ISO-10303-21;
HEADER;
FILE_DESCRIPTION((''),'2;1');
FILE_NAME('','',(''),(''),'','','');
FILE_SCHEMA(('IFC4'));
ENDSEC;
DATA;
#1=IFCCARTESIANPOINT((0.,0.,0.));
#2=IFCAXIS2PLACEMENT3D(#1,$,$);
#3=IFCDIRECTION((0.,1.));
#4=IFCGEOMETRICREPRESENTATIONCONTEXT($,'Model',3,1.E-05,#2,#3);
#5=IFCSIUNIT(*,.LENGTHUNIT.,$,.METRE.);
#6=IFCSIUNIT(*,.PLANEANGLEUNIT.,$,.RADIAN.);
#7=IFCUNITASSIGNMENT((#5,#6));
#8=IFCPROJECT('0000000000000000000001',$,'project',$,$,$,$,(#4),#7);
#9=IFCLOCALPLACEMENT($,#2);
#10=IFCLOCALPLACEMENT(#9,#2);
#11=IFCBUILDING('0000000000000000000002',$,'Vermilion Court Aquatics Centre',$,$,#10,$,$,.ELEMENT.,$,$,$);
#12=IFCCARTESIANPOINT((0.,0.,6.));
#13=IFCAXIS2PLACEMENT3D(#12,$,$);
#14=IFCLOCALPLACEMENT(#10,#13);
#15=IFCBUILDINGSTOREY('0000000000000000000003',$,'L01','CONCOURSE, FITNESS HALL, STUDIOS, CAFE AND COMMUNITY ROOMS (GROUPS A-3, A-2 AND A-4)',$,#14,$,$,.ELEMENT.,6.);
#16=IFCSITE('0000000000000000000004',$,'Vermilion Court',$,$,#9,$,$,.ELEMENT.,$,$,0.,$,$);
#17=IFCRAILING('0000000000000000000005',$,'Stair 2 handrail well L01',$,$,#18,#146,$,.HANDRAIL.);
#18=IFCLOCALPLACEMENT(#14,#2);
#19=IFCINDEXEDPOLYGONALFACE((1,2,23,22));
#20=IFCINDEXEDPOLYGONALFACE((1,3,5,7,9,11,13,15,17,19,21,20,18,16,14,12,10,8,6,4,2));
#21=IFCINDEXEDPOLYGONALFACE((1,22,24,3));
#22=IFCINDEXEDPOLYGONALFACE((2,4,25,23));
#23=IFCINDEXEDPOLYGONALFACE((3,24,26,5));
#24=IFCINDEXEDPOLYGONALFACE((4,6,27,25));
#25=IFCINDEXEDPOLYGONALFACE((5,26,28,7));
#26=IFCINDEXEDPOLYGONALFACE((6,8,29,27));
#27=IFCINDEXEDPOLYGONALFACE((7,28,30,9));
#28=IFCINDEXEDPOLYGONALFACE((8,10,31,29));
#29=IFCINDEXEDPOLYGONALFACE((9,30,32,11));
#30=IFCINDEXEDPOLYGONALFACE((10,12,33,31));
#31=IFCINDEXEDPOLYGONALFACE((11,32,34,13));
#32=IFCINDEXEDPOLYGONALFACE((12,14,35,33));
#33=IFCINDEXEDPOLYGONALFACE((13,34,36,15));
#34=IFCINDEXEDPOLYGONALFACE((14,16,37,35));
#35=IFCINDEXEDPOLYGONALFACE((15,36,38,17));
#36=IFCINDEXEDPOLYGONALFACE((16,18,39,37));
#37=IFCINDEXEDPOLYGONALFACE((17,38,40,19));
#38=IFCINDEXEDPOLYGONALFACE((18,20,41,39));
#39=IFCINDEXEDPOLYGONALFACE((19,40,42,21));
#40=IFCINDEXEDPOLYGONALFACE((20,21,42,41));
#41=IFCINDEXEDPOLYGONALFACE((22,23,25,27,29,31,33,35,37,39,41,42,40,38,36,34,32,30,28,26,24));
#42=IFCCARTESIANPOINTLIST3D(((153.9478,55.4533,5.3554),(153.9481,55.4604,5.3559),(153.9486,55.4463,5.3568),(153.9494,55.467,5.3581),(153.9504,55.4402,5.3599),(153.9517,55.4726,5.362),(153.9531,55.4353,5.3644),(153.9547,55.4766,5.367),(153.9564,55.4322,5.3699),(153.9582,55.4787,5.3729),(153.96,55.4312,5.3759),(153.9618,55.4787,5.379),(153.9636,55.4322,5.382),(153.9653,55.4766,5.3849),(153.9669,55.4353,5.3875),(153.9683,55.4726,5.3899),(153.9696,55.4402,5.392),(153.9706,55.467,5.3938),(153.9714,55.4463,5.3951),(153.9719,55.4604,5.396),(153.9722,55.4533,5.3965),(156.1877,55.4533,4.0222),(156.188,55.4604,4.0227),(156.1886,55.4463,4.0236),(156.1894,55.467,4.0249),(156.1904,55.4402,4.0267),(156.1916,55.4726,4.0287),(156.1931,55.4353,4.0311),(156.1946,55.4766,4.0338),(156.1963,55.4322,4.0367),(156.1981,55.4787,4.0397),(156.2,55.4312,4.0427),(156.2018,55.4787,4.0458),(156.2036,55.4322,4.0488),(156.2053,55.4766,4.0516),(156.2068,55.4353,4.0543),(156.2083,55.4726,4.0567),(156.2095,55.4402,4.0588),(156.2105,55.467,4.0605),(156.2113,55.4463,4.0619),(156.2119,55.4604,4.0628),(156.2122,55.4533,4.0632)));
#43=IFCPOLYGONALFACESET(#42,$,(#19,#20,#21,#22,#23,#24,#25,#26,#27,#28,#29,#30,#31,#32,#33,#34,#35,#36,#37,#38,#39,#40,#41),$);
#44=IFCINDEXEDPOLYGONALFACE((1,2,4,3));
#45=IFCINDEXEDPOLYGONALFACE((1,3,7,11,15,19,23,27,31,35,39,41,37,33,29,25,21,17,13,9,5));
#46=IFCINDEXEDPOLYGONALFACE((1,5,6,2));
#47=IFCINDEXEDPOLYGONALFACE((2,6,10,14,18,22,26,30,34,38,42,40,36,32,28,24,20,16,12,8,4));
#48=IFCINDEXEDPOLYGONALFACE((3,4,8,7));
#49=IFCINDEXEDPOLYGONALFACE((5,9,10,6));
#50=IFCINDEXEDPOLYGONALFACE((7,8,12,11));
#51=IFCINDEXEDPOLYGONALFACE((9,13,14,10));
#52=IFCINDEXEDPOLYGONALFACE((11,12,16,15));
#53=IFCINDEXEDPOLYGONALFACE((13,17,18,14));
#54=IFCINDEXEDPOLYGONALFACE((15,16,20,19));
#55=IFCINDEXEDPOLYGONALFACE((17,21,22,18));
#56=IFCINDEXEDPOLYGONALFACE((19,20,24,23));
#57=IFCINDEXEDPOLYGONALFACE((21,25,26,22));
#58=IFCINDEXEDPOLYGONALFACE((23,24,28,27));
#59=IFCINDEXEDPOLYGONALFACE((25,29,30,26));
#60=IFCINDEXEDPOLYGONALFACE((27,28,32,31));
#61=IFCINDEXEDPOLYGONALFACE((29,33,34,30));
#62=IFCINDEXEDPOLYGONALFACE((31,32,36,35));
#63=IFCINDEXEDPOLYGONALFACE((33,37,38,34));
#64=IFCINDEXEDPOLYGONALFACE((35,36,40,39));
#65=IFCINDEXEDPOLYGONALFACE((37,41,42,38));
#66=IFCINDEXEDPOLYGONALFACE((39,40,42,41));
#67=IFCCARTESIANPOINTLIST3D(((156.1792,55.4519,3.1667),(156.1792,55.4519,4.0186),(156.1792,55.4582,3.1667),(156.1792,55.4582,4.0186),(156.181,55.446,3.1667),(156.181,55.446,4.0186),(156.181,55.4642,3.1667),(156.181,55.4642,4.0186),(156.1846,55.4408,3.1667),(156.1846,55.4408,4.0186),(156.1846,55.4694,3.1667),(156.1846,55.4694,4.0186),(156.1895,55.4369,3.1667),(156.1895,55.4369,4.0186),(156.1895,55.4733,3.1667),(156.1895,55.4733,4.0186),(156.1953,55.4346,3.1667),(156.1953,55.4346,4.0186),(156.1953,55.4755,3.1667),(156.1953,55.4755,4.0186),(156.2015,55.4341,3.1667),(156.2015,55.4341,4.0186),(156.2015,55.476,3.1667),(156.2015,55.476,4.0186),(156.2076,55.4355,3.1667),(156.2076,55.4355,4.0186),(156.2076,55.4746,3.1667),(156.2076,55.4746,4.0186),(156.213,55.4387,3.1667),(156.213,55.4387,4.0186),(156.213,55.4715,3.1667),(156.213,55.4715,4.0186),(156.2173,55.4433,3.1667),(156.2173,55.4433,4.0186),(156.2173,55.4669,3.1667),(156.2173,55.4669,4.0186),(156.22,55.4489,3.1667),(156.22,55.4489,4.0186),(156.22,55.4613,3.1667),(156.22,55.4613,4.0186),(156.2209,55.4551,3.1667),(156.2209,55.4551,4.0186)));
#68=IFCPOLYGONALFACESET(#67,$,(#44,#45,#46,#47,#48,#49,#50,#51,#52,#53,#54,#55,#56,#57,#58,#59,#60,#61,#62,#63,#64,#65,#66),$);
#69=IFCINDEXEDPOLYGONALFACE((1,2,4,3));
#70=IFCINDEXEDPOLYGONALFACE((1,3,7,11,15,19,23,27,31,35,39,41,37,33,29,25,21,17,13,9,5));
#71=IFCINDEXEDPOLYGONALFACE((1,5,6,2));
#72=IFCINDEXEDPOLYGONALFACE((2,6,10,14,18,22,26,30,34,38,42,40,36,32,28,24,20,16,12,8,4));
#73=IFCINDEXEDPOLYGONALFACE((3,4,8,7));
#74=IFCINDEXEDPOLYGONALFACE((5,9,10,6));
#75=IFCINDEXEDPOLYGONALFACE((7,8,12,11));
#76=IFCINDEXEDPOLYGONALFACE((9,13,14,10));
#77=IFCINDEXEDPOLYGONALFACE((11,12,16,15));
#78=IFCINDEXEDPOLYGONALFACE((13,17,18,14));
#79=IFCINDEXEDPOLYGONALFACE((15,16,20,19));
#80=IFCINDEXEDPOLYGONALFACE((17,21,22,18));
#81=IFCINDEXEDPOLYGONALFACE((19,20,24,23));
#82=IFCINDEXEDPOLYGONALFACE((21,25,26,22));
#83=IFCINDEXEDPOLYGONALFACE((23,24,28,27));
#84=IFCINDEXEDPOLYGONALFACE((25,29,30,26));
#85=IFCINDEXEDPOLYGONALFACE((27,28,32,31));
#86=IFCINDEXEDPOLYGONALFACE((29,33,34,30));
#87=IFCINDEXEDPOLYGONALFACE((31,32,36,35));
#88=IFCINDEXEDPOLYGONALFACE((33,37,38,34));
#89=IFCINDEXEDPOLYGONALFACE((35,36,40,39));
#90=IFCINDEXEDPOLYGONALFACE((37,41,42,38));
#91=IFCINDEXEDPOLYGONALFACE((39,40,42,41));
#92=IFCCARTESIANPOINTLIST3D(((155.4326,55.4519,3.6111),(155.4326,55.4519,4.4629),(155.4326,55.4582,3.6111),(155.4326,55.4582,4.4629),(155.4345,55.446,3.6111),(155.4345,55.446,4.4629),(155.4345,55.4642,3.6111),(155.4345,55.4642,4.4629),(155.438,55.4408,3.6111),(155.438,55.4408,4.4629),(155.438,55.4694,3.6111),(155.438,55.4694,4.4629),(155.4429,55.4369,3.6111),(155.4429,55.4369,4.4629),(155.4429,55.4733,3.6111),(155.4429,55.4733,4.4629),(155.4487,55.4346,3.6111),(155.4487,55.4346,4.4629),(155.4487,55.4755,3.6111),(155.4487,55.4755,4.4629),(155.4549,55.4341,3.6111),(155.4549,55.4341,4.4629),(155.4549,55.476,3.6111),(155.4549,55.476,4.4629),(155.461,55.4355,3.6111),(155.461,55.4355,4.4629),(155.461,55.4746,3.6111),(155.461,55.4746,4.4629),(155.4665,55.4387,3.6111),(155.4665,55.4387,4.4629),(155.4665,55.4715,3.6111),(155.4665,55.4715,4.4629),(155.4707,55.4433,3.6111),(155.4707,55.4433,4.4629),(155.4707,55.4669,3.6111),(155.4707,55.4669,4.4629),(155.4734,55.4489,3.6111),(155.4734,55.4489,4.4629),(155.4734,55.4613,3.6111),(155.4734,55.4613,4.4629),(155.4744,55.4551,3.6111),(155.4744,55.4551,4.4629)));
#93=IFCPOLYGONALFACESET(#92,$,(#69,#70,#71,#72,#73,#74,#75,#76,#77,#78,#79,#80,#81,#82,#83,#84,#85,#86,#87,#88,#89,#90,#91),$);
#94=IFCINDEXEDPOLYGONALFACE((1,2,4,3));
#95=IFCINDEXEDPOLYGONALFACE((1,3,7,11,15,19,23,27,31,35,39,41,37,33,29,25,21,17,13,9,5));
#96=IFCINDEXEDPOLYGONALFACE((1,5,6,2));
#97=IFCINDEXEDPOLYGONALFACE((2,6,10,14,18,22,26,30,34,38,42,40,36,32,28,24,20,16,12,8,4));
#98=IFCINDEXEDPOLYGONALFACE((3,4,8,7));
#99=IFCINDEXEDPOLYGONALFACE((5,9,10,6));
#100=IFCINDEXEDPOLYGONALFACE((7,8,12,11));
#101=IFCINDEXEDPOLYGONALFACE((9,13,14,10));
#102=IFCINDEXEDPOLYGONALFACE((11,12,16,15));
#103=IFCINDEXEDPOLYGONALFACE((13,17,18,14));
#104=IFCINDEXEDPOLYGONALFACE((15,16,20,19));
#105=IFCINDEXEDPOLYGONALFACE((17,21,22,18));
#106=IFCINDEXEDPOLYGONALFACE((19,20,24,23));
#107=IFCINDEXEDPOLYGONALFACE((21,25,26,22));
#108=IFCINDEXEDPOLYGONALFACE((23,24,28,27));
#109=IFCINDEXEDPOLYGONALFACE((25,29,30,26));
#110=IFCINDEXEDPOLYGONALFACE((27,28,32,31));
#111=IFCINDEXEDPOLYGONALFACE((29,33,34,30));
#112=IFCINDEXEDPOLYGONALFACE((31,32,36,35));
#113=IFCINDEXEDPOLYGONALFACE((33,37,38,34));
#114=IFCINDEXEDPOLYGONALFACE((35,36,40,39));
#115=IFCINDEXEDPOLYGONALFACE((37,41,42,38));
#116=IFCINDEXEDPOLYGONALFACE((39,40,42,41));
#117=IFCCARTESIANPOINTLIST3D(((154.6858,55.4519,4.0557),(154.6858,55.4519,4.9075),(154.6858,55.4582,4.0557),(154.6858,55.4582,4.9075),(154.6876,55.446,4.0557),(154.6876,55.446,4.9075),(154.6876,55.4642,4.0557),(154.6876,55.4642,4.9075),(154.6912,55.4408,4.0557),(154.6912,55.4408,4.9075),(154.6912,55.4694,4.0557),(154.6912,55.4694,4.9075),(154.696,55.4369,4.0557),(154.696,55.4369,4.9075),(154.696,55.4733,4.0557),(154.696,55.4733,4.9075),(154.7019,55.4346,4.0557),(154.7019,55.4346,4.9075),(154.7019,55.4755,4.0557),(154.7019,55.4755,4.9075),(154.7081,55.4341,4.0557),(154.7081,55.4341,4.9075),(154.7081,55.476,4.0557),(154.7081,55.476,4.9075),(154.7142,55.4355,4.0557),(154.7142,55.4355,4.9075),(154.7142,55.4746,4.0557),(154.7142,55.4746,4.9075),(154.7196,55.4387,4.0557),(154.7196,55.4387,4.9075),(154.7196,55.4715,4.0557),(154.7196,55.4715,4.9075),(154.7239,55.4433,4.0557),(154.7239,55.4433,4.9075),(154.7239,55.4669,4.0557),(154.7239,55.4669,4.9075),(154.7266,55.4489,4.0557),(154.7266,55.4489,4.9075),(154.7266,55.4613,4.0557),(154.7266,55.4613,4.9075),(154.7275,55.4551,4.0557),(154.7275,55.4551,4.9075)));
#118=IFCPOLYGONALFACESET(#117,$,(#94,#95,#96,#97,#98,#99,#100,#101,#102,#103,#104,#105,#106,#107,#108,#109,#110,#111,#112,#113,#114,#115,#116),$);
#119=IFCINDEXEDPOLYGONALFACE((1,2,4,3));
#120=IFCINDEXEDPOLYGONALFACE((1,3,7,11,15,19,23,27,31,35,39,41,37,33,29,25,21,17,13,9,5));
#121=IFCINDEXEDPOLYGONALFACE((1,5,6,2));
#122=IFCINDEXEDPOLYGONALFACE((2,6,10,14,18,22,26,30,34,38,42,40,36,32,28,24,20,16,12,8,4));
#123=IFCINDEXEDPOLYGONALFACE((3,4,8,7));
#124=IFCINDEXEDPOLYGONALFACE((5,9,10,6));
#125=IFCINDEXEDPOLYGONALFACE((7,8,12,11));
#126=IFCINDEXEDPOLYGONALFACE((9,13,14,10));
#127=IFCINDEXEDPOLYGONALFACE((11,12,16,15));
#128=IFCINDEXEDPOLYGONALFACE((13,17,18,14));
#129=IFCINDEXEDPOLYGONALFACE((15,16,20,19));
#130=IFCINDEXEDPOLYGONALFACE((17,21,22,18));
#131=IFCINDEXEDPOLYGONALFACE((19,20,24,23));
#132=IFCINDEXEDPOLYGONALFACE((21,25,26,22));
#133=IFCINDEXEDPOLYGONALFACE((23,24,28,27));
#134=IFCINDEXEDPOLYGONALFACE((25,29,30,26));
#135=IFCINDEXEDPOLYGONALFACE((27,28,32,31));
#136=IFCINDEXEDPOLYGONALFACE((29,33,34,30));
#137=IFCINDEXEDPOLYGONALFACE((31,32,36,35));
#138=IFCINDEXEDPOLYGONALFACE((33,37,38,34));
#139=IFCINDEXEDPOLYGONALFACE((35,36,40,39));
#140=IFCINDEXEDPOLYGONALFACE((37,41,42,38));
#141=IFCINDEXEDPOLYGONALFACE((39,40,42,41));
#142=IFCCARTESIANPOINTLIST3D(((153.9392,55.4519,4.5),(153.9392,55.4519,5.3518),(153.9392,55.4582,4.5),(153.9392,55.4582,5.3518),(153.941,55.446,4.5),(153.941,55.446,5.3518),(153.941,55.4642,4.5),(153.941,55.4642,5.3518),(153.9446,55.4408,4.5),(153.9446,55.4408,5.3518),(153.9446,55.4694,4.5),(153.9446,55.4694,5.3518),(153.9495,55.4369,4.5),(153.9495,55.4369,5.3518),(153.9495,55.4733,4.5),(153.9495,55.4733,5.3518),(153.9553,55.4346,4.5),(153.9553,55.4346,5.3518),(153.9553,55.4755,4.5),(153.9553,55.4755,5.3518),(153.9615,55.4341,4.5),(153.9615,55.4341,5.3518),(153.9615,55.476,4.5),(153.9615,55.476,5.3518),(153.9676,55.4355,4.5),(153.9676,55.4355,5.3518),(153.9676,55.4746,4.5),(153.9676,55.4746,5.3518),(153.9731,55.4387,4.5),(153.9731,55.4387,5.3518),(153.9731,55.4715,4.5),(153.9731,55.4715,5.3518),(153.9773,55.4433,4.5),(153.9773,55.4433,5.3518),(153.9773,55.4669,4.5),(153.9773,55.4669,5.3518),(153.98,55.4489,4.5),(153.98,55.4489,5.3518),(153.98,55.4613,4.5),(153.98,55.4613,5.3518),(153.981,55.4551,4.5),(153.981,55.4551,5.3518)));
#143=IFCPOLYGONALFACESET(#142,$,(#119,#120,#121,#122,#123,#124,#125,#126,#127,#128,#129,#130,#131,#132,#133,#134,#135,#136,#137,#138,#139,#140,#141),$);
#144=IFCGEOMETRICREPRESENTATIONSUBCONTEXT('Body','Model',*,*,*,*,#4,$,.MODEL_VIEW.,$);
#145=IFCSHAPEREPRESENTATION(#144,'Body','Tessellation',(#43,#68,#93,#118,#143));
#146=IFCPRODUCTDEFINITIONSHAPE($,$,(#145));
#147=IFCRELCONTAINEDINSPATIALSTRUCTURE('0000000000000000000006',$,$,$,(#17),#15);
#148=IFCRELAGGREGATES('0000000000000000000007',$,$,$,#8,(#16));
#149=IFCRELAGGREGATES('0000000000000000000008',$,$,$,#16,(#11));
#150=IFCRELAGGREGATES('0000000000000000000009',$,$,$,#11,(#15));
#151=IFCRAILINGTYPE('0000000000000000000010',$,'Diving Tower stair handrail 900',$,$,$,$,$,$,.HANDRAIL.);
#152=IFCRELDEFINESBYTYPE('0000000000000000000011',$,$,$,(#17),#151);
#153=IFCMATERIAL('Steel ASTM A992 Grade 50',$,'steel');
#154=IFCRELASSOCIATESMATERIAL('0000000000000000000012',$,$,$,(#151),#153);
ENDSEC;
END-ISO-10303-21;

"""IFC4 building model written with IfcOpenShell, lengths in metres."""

from ifc_helpers import new_model, si_unit, direction, frame, origin, origin_2d, place, context, subcontext, project, spatial, circle, extrude, material, type_object, element, save


model = new_model("IFC4")

# Units and contexts
model_context = context("Model", 3, precision=1e-05, world=origin(), true_north=direction((0.0, 1.0)))
body_context = subcontext(model_context, "Body", "Model", "MODEL_VIEW")
ifc_project = project(units=[si_unit("LENGTHUNIT", "METRE"), si_unit("PLANEANGLEUNIT", "RADIAN")], contexts=[model_context])

# Site, building, storey
site_placement = place(None, origin())
site = spatial("IfcSite", under=ifc_project, at=site_placement, Name="Vermilion Court", CompositionType="ELEMENT", RefElevation=0.0)
building_placement = place(site_placement, origin())
building = spatial("IfcBuilding", under=site, at=building_placement, Name="Vermilion Court Aquatics Centre", CompositionType="ELEMENT")
storey_placement = place(building_placement, frame((0.0, 0.0, 6.0)))
storey = spatial("IfcBuildingStorey", under=building, at=storey_placement, Name="L01", Description="CONCOURSE, FITNESS HALL, STUDIOS, CAFE AND COMMUNITY ROOMS (GROUPS A-3, A-2 AND A-4)", CompositionType="ELEMENT", Elevation=6.0)

# Railing
ifc_material_1 = material(Name="Steel ASTM A992 Grade 50", Category="steel")
railing_type_1 = type_object("IfcRailingType", Name="Diving Tower stair handrail 900", PredefinedType="HANDRAIL", material=ifc_material_1)
railing_1_placement = place(storey_placement, frame((156.2, 55.4551, 3.1667)))
element("IfcRailing", 1, at=railing_1_placement, inside=storey, type_object=railing_type_1, Name="Stair 2 handrail well L01", PredefinedType="HANDRAIL", context=body_context, shape_type="SweptSolid", body=[
    extrude(circle(Radius=0.0239, at=origin_2d()), frame((0.0, 0.0, 0.876), z_axis=(-0.859306, 0.0, 0.511462), x_axis=(0.0, -1.0, 0.0)), (0.0, 0.0, 1.0), 2.6067),
    extrude(circle(Radius=0.021, at=origin_2d()), origin(), (0.0, 0.0, 1.0), 0.8518),
    extrude(circle(Radius=0.021, at=origin_2d()), frame((-0.7466, 0.0, 0.4443)), (0.0, 0.0, 1.0), 0.8518),
    extrude(circle(Radius=0.021, at=origin_2d()), frame((-1.4934, 0.0, 0.8889)), (0.0, 0.0, 1.0), 0.8518),
    extrude(circle(Radius=0.021, at=origin_2d()), frame((-2.24, 0.0, 1.3333)), (0.0, 0.0, 1.0), 0.8518),
])

save(model, "model.ifc")
